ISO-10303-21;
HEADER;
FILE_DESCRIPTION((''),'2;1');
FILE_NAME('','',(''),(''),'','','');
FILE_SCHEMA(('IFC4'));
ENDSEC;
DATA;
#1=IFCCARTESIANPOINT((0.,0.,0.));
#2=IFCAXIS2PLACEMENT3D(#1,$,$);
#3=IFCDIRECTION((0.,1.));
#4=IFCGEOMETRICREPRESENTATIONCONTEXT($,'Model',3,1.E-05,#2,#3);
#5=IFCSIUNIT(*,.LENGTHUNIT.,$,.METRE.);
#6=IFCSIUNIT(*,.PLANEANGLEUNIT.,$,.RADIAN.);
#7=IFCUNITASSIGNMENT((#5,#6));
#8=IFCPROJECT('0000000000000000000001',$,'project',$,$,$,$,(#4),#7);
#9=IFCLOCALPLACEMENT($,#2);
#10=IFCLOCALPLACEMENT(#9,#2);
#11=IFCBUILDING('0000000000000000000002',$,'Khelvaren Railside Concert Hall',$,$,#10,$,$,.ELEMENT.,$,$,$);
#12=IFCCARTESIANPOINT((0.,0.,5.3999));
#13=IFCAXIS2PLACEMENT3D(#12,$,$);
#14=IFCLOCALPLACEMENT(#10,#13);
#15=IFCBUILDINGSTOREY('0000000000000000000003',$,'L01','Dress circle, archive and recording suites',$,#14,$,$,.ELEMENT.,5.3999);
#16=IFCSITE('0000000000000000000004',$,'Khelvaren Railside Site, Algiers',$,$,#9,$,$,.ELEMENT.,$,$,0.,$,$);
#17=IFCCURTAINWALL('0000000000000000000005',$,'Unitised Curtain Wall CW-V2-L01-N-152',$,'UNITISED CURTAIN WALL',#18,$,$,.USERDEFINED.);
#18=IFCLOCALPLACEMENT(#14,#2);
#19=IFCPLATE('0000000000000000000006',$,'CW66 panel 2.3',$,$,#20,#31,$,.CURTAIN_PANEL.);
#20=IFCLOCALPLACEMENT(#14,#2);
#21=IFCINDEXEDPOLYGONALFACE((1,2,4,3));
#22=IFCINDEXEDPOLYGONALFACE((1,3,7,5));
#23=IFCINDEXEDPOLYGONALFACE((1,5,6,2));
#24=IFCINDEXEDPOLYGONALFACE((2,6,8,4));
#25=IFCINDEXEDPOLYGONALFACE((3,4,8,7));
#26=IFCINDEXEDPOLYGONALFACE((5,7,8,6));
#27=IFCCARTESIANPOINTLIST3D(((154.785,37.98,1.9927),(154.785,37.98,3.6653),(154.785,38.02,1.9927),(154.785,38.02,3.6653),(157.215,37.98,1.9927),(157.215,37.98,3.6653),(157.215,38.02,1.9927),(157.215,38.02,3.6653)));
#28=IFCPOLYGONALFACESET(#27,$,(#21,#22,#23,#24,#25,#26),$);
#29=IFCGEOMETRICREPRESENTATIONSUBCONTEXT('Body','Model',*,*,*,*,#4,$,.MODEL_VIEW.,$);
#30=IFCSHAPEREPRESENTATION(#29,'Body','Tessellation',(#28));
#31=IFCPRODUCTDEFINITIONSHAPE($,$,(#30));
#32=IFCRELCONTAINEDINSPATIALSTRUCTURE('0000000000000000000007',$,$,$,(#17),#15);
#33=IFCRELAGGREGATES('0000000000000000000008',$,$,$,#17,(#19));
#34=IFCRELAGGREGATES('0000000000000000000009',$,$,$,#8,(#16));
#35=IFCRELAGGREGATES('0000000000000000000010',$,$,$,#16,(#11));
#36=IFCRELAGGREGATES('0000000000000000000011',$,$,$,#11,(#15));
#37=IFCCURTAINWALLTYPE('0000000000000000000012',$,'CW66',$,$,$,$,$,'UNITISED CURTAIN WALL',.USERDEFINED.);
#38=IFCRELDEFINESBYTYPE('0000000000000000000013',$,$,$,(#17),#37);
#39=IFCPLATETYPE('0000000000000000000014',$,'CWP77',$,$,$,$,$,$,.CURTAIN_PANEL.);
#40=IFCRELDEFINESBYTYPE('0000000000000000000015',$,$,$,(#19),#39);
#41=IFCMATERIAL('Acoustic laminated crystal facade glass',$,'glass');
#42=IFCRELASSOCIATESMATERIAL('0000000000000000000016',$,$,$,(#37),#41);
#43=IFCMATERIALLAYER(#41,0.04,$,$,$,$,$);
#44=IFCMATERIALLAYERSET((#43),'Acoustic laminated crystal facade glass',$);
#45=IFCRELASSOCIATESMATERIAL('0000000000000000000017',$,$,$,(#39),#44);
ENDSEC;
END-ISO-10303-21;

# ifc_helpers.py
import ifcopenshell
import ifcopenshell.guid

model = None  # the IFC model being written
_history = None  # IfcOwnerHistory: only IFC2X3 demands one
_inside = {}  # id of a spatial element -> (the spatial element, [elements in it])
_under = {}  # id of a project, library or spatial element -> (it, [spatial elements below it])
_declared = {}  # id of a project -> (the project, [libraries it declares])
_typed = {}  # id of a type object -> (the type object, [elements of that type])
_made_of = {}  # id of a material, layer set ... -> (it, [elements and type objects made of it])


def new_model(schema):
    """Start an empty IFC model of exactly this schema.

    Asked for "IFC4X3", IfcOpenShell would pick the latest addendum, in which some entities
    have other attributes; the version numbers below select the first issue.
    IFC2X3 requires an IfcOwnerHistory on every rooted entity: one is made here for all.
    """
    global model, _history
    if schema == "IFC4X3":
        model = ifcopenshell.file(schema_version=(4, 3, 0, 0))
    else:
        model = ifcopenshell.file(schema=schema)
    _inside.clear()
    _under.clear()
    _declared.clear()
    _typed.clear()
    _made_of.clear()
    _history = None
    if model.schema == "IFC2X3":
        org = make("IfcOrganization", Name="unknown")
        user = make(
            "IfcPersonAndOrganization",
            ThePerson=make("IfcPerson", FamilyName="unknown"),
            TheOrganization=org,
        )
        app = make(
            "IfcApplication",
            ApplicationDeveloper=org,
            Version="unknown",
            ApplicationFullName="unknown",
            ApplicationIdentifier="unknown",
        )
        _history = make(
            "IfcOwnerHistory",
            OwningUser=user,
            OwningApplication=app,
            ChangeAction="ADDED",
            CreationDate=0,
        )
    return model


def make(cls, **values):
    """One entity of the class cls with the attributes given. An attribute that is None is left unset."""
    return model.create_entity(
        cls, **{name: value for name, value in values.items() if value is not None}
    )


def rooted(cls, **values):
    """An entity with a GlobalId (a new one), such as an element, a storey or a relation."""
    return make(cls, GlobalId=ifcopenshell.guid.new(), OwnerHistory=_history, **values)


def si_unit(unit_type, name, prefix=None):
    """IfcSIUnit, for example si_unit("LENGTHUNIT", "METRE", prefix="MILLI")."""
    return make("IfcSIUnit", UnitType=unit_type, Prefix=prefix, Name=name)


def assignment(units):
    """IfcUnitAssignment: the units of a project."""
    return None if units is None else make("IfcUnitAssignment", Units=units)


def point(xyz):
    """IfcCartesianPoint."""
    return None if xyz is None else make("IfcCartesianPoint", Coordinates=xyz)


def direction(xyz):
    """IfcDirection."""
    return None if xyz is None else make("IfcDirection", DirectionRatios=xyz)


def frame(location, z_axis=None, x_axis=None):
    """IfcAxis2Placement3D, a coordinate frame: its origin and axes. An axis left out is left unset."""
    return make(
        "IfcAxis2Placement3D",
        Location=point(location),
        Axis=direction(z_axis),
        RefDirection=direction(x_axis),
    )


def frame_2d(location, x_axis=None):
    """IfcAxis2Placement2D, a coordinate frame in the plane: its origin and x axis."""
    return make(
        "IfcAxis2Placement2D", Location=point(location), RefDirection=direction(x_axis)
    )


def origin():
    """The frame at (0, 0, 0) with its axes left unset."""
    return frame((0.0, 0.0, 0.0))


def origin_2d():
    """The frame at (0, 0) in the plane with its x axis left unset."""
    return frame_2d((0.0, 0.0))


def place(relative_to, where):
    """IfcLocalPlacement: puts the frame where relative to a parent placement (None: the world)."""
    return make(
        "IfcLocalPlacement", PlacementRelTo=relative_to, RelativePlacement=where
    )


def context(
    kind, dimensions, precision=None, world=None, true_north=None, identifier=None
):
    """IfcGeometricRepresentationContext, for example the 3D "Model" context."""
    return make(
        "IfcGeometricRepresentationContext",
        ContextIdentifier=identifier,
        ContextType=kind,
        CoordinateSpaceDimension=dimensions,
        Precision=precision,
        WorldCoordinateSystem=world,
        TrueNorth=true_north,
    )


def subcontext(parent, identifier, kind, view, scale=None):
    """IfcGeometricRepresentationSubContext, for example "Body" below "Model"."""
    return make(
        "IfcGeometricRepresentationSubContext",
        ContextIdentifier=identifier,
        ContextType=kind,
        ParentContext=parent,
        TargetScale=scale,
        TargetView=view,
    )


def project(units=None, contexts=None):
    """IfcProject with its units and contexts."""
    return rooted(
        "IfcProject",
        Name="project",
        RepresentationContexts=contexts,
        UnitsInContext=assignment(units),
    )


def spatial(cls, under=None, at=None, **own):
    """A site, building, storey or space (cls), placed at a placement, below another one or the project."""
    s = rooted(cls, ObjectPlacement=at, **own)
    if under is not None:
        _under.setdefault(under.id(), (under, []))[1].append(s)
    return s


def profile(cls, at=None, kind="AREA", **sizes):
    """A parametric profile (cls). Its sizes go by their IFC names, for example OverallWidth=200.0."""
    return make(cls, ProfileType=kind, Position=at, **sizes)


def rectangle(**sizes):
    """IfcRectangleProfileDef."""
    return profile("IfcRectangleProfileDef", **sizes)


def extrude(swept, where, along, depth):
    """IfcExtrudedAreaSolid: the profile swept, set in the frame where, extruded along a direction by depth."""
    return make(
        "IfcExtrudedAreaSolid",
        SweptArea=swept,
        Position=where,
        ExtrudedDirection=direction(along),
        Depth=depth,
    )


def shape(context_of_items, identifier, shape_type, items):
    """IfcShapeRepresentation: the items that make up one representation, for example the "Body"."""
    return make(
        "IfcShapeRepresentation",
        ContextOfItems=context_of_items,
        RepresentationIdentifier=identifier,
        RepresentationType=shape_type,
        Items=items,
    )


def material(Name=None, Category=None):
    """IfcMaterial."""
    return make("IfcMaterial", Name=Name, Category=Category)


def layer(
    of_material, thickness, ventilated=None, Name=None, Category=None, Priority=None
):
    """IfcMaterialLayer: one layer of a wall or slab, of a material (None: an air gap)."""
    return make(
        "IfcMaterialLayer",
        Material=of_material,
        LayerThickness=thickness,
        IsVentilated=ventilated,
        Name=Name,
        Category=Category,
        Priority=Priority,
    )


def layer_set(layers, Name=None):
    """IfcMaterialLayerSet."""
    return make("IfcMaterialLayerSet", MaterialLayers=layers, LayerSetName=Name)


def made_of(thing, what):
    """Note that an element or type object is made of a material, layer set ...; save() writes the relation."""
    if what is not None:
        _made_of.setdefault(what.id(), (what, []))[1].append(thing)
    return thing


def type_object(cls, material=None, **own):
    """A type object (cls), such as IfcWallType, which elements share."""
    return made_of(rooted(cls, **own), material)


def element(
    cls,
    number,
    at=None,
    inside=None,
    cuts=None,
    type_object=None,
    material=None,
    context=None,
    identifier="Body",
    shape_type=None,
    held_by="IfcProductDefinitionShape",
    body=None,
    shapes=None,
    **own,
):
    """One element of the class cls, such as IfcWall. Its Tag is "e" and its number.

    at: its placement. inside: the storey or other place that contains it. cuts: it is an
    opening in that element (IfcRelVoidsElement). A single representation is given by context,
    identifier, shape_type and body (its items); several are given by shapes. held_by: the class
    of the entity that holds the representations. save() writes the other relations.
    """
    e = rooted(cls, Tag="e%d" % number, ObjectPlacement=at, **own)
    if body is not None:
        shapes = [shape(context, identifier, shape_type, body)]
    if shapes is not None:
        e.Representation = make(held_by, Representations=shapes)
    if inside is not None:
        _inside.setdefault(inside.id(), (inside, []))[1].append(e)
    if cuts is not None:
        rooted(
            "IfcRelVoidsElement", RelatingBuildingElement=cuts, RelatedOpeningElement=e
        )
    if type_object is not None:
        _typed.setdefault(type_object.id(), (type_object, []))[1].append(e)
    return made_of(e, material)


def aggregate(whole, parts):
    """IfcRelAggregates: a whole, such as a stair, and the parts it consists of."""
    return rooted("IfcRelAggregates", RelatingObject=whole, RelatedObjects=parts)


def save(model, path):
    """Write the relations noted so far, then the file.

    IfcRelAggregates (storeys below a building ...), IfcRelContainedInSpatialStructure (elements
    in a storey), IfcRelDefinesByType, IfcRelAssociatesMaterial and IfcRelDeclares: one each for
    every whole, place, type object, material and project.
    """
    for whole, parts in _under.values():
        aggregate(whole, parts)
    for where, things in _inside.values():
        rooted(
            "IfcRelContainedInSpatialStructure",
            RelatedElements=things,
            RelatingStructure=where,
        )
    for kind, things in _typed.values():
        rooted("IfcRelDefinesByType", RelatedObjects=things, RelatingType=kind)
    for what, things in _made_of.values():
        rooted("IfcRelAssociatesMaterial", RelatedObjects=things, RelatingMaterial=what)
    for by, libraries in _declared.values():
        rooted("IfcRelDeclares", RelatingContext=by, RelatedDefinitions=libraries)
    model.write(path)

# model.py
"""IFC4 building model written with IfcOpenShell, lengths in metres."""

from ifc_helpers import new_model, si_unit, direction, frame, origin, origin_2d, place, context, subcontext, project, spatial, rectangle, extrude, material, layer, layer_set, type_object, element, aggregate, save


model = new_model("IFC4")

# Units and contexts
model_context = context("Model", 3, precision=1e-05, world=origin(), true_north=direction((0.0, 1.0)))
body_context = subcontext(model_context, "Body", "Model", "MODEL_VIEW")
ifc_project = project(units=[si_unit("LENGTHUNIT", "METRE"), si_unit("PLANEANGLEUNIT", "RADIAN")], contexts=[model_context])

# Site, building, storey
site_placement = place(None, origin())
site = spatial("IfcSite", under=ifc_project, at=site_placement, Name="Khelvaren Railside Site, Algiers", CompositionType="ELEMENT", RefElevation=0.0)
building_placement = place(site_placement, origin())
building = spatial("IfcBuilding", under=site, at=building_placement, Name="Khelvaren Railside Concert Hall", CompositionType="ELEMENT")
storey_placement = place(building_placement, frame((0.0, 0.0, 5.3999)))
storey = spatial("IfcBuildingStorey", under=building, at=storey_placement, Name="L01", Description="Dress circle, archive and recording suites", CompositionType="ELEMENT", Elevation=5.3999)

# Shared definitions
ifc_material_1 = material(Name="Acoustic laminated crystal facade glass", Category="glass")

# Curtain wall
curtain_wall_type_1 = type_object("IfcCurtainWallType", Name="CW66", ElementType="UNITISED CURTAIN WALL", PredefinedType="USERDEFINED", material=ifc_material_1)
curtain_wall_1_placement = place(storey_placement, origin())
curtain_wall_1 = element("IfcCurtainWall", 1, at=curtain_wall_1_placement, inside=storey, type_object=curtain_wall_type_1, Name="Unitised Curtain Wall CW-V2-L01-N-152", ObjectType="UNITISED CURTAIN WALL", PredefinedType="USERDEFINED")

# Plate
ifc_layer = layer(ifc_material_1, 0.04)
ifc_layer_set = layer_set([ifc_layer], Name="Acoustic laminated crystal facade glass")
plate_type = type_object("IfcPlateType", Name="CWP77", PredefinedType="CURTAIN_PANEL", material=ifc_layer_set)
plate_1_placement = place(storey_placement, frame((156.0, 38.0, 1.9927), z_axis=(0.0, 0.0, 1.0), x_axis=(1.0, 0.0, 0.0)))
plate_1 = element("IfcPlate", 2, at=plate_1_placement, type_object=plate_type, Name="CW66 panel 2.3", PredefinedType="CURTAIN_PANEL", context=body_context, shape_type="SweptSolid", body=[
    extrude(rectangle(XDim=2.4299, YDim=0.04, at=origin_2d()), origin(), (0.0, 0.0, 1.0), 1.6726),
])
aggregate(curtain_wall_1, [plate_1])

save(model, "model.ifc")
